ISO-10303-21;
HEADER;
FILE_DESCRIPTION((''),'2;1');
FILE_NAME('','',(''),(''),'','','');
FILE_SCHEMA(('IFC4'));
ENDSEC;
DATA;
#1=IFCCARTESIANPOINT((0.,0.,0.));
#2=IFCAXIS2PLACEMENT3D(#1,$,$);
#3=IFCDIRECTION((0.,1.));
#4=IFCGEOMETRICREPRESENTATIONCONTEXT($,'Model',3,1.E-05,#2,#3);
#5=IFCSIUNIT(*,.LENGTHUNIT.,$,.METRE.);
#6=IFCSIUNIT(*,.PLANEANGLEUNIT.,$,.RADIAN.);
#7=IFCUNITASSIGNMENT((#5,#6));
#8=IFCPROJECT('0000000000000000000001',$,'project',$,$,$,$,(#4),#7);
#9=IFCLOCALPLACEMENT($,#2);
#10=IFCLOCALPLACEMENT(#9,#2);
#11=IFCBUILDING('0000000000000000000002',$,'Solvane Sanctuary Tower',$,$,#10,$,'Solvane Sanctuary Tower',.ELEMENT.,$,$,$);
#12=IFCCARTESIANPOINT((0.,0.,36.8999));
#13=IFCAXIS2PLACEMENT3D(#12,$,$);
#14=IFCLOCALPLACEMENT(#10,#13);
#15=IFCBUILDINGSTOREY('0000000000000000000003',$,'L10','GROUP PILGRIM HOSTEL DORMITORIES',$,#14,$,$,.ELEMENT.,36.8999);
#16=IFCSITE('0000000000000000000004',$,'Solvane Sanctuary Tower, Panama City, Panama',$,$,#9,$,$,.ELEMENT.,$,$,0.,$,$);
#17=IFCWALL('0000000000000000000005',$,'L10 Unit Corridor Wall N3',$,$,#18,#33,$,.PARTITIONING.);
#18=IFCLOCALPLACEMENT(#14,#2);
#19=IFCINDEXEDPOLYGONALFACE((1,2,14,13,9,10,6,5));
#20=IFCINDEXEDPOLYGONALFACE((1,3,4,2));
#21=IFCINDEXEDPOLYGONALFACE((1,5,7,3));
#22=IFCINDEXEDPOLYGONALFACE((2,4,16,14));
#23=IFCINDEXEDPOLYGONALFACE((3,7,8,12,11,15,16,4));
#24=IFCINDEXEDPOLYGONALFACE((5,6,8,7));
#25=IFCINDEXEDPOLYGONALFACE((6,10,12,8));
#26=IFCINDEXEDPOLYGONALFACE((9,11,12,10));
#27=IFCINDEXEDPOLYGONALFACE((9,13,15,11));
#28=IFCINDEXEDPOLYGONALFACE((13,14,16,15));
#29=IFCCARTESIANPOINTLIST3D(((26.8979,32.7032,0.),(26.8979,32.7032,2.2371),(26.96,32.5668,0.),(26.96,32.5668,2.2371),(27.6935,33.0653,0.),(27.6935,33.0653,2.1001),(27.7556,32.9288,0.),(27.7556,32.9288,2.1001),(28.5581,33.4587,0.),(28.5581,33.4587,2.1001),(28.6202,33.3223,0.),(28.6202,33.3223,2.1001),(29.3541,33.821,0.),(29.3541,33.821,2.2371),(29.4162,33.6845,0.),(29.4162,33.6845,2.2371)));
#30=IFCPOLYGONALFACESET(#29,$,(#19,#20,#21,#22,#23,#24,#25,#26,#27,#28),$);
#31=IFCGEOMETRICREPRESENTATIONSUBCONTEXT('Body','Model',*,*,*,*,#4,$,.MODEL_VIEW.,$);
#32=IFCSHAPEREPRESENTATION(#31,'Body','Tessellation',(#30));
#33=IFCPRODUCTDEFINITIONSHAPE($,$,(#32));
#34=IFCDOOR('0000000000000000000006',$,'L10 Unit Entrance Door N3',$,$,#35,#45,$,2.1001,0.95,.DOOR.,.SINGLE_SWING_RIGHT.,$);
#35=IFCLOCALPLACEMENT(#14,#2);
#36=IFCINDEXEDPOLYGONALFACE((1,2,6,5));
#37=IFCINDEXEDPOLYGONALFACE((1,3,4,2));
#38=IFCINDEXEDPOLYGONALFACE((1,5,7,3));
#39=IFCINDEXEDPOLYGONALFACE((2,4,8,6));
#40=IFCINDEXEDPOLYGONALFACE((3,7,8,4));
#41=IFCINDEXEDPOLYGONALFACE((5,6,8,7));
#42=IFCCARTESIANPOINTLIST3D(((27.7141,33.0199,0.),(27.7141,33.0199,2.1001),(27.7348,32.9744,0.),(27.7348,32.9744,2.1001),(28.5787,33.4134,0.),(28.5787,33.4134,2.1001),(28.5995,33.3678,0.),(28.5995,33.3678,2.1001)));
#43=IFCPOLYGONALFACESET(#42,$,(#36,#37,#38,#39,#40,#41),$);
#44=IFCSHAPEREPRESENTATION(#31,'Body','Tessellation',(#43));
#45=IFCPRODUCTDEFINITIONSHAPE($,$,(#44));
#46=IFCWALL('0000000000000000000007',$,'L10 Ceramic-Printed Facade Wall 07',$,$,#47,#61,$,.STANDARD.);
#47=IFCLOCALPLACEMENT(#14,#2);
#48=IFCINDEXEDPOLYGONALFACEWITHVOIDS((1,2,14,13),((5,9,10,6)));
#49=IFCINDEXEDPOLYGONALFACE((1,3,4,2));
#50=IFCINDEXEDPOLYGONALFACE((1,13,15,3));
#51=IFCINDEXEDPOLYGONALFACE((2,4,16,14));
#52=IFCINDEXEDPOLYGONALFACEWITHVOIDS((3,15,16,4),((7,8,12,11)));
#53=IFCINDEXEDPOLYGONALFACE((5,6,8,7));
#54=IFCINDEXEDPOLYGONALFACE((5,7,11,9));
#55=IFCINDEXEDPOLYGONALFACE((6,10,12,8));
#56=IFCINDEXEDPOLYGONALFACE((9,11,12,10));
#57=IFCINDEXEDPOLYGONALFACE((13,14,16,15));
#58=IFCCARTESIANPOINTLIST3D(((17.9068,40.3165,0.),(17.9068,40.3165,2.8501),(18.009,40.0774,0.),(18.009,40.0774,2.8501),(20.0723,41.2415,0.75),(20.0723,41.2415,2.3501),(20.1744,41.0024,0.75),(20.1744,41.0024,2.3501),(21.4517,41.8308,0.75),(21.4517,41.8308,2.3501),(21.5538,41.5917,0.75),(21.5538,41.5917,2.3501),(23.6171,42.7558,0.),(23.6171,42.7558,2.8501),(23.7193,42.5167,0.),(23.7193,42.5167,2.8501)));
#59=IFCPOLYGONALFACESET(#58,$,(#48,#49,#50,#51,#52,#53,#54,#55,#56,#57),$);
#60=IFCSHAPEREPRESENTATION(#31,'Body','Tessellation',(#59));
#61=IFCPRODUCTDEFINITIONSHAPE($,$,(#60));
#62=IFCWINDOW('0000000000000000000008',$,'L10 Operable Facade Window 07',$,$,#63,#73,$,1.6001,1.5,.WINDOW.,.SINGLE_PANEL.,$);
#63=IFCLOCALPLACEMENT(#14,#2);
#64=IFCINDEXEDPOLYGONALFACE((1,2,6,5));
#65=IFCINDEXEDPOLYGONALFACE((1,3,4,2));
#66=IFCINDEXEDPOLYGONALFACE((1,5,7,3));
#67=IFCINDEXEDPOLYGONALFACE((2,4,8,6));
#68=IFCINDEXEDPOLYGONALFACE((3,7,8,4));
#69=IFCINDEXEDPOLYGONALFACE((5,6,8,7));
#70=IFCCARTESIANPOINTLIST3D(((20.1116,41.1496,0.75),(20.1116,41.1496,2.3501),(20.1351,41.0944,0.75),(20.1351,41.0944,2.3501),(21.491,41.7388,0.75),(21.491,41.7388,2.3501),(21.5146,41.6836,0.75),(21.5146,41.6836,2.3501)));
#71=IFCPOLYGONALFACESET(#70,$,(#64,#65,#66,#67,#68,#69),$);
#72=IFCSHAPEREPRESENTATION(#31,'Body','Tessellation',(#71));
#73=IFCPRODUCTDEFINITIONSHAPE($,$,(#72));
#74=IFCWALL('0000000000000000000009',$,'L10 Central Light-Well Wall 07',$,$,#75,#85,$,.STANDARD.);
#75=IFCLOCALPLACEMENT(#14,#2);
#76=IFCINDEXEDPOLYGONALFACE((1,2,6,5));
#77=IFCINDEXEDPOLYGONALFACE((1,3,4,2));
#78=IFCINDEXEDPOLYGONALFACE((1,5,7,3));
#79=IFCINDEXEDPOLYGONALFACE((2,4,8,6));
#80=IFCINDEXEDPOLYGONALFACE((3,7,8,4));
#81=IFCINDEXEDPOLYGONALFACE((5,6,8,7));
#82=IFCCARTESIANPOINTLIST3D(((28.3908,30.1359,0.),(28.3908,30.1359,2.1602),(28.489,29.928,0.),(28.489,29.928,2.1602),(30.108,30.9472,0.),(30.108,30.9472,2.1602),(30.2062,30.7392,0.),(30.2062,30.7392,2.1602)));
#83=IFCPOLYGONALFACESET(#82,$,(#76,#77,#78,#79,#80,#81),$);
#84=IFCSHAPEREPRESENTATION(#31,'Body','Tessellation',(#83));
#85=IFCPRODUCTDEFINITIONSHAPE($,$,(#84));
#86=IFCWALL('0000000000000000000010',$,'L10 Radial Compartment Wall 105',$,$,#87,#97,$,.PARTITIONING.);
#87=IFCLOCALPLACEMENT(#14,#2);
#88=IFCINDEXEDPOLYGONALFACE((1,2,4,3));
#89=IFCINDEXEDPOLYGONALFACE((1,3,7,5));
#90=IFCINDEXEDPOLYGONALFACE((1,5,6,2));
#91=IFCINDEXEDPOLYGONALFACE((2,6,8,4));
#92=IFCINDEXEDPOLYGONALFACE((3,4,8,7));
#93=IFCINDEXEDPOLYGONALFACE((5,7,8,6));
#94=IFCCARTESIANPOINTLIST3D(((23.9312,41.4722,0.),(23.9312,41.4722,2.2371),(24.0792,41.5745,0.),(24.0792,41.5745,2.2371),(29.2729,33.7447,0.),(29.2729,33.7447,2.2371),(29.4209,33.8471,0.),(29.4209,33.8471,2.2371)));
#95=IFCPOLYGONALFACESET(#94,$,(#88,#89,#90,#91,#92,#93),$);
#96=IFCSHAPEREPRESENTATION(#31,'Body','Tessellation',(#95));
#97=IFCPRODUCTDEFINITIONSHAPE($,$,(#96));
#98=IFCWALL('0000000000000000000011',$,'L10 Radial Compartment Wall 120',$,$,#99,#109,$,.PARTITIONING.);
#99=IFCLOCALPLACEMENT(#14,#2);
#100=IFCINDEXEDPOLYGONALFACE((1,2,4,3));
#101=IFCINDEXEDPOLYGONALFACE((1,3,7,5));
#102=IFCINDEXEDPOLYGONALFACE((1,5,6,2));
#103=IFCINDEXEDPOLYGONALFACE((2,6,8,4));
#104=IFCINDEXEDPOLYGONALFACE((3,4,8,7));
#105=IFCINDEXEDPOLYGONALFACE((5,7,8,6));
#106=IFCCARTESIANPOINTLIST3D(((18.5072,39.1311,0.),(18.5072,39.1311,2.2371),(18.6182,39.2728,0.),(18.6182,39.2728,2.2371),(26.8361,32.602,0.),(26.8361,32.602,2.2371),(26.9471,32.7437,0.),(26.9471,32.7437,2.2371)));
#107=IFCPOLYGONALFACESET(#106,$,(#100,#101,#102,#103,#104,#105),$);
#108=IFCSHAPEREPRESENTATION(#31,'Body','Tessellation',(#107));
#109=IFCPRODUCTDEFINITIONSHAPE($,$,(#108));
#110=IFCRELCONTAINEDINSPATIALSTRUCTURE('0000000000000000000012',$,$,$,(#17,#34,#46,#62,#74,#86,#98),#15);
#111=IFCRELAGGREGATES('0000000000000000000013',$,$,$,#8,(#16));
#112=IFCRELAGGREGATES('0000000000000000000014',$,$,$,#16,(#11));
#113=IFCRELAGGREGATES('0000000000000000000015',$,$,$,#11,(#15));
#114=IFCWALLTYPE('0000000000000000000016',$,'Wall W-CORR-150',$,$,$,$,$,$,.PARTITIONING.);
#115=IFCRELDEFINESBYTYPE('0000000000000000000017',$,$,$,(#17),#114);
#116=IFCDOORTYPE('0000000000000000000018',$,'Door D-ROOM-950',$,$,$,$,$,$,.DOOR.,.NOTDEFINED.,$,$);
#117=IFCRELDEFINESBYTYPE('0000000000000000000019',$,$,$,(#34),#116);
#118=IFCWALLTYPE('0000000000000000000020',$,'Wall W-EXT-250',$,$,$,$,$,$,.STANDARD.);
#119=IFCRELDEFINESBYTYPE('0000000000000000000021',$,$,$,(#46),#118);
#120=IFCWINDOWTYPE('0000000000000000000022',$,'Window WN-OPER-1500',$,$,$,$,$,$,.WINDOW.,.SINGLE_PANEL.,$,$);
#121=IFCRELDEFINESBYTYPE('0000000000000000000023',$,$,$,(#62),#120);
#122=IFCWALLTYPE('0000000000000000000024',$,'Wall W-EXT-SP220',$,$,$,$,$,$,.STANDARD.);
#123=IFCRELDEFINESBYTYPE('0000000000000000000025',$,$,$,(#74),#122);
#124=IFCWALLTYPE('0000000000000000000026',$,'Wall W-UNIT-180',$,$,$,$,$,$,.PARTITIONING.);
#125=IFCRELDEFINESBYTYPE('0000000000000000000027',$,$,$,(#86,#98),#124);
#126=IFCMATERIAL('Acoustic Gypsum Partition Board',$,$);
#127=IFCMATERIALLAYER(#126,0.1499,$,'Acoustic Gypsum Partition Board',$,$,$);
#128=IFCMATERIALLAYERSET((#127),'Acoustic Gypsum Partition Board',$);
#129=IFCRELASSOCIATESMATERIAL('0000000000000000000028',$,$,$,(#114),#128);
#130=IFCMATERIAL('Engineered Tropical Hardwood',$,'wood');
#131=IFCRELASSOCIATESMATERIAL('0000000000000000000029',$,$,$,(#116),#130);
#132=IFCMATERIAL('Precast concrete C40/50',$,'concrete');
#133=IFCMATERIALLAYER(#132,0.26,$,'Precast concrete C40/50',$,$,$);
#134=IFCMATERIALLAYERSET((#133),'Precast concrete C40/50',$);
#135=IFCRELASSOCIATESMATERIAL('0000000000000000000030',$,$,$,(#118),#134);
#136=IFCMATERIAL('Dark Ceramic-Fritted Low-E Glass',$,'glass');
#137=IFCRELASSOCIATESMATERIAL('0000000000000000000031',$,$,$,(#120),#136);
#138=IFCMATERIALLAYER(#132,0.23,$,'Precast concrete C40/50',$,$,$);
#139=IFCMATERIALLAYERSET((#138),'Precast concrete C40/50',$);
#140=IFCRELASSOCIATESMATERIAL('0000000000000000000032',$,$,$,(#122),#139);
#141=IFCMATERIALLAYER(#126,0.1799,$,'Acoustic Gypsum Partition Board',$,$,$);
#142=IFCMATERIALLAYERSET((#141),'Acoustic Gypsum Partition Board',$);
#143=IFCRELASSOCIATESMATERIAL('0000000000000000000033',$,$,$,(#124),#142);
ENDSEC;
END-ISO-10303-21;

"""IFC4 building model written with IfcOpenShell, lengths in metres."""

from ifc_helpers import new_model, si_unit, direction, frame, frame_2d, origin, place, context, subcontext, project, spatial, rectangle, extrude, material, layer, layer_set, type_object, element, fill, save


model = new_model("IFC4")

# Units and contexts
model_context = context("Model", 3, precision=1e-05, world=origin(), true_north=direction((0.0, 1.0)))
body_context = subcontext(model_context, "Body", "Model", "MODEL_VIEW")
ifc_project = project(units=[si_unit("LENGTHUNIT", "METRE"), si_unit("PLANEANGLEUNIT", "RADIAN")], contexts=[model_context])

# Site, building, storey
site_placement = place(None, origin())
site = spatial("IfcSite", under=ifc_project, at=site_placement, Name="Solvane Sanctuary Tower, Panama City, Panama", CompositionType="ELEMENT", RefElevation=0.0)
building_placement = place(site_placement, origin())
building = spatial("IfcBuilding", under=site, at=building_placement, Name="Solvane Sanctuary Tower", LongName="Solvane Sanctuary Tower", CompositionType="ELEMENT")
storey_placement = place(building_placement, frame((0.0, 0.0, 36.8999)))
storey = spatial("IfcBuildingStorey", under=building, at=storey_placement, Name="L10", Description="GROUP PILGRIM HOSTEL DORMITORIES", CompositionType="ELEMENT", Elevation=36.8999)

# Shared definitions
ifc_material_1 = material(Name="Acoustic Gypsum Partition Board")
ifc_layer_1 = layer(ifc_material_1, 0.1499, Name="Acoustic Gypsum Partition Board")
ifc_layer_set_1 = layer_set([ifc_layer_1], Name="Acoustic Gypsum Partition Board")
wall_type_1 = type_object("IfcWallType", Name="Wall W-CORR-150", PredefinedType="PARTITIONING", material=ifc_layer_set_1)

# Wall, opening, door
wall_1_placement = place(storey_placement, frame((29.385, 33.7527, 0.0), z_axis=(0.0, 0.0, 1.0), x_axis=(-0.910187, -0.414198, 0.0)))
wall_1 = element("IfcWall", 1, at=wall_1_placement, inside=storey, type_object=wall_type_1, Name="L10 Unit Corridor Wall N3", PredefinedType="PARTITIONING", context=body_context, shape_type="SweptSolid", body=[
    extrude(rectangle(XDim=2.6985, YDim=0.1499, at=frame_2d((1.3491, 0.0))), origin(), (0.0, 0.0, 1.0), 2.2371),
])
opening_1_placement = place(wall_1_placement, frame((0.8743, 0.0, 0.0)))
opening_1 = element("IfcOpeningElement", 2, at=opening_1_placement, cuts=wall_1, PredefinedType="OPENING", context=body_context, shape_type="SweptSolid", body=[
    extrude(rectangle(XDim=0.95, YDim=2.1001, at=frame_2d((0.4751, 1.05))), frame((0.0, 0.085, 0.0), z_axis=(0.0, -1.0, 0.0), x_axis=(1.0, 0.0, 0.0)), (0.0, 0.0, 1.0), 0.1699),
])
ifc_material_2 = material(Name="Engineered Tropical Hardwood", Category="wood")
door_type = type_object("IfcDoorType", Name="Door D-ROOM-950", OperationType="NOTDEFINED", PredefinedType="DOOR", material=ifc_material_2)
door_placement = place(opening_1_placement, origin())
door = element("IfcDoor", 3, at=door_placement, inside=storey, type_object=door_type, Name="L10 Unit Entrance Door N3", OperationType="SINGLE_SWING_RIGHT", OverallHeight=2.1001, OverallWidth=0.95, PredefinedType="DOOR", context=body_context, shape_type="SweptSolid", body=[
    extrude(rectangle(XDim=0.95, YDim=2.1001, at=frame_2d((0.4751, 1.05))), frame((0.0, 0.0249, 0.0), z_axis=(0.0, -1.0, 0.0), x_axis=(1.0, 0.0, 0.0)), (0.0, 0.0, 1.0), 0.05),
])
fill(opening_1, door)

# Wall, opening, window
ifc_material_3 = material(Name="Precast concrete C40/50", Category="concrete")
ifc_layer_2 = layer(ifc_material_3, 0.26, Name="Precast concrete C40/50")
ifc_layer_set_2 = layer_set([ifc_layer_2], Name="Precast concrete C40/50")
wall_type_2 = type_object("IfcWallType", Name="Wall W-EXT-250", PredefinedType="STANDARD", material=ifc_layer_set_2)
wall_2_placement = place(storey_placement, frame((23.6682, 42.6362, 0.0), z_axis=(0.0, 0.0, 1.0), x_axis=(-0.919612, -0.392828, 0.0)))
wall_2 = element("IfcWall", 4, at=wall_2_placement, inside=storey, type_object=wall_type_2, Name="L10 Ceramic-Printed Facade Wall 07", PredefinedType="STANDARD", context=body_context, shape_type="SweptSolid", body=[
    extrude(rectangle(XDim=6.2095, YDim=0.26, at=frame_2d((3.1047, 0.0))), origin(), (0.0, 0.0, 1.0), 2.8501),
])
opening_2_placement = place(wall_2_placement, frame((2.3547, 0.0, 0.75)))
opening_2 = element("IfcOpeningElement", 5, at=opening_2_placement, cuts=wall_2, PredefinedType="OPENING", context=body_context, shape_type="SweptSolid", body=[
    extrude(rectangle(XDim=1.5, YDim=1.6001, at=frame_2d((0.75, 0.8))), frame((0.0, 0.1399, 0.0), z_axis=(0.0, -1.0, 0.0), x_axis=(1.0, 0.0, 0.0)), (0.0, 0.0, 1.0), 0.28),
])
ifc_material_4 = material(Name="Dark Ceramic-Fritted Low-E Glass", Category="glass")
window_type = type_object("IfcWindowType", Name="Window WN-OPER-1500", PartitioningType="SINGLE_PANEL", PredefinedType="WINDOW", material=ifc_material_4)
window_placement = place(opening_2_placement, origin())
window = element("IfcWindow", 6, at=window_placement, inside=storey, type_object=window_type, Name="L10 Operable Facade Window 07", OverallHeight=1.6001, OverallWidth=1.5, PartitioningType="SINGLE_PANEL", PredefinedType="WINDOW", context=body_context, shape_type="SweptSolid", body=[
    extrude(rectangle(XDim=1.5, YDim=1.6001, at=frame_2d((0.75, 0.8))), frame((0.0, 0.03, 0.0), z_axis=(0.0, -1.0, 0.0), x_axis=(1.0, 0.0, 0.0)), (0.0, 0.0, 1.0), 0.0601),
])
fill(opening_2, window)

# Walls
ifc_layer_3 = layer(ifc_material_3, 0.23, Name="Precast concrete C40/50")
ifc_layer_set_3 = layer_set([ifc_layer_3], Name="Precast concrete C40/50")
wall_type_3 = type_object("IfcWallType", Name="Wall W-EXT-SP220", PredefinedType="STANDARD", material=ifc_layer_set_3)
wall_3_placement = place(storey_placement, frame((30.1572, 30.8433, 0.0), z_axis=(0.0, 0.0, 1.0), x_axis=(-0.90418, -0.427152, 0.0)))
element("IfcWall", 7, at=wall_3_placement, inside=storey, type_object=wall_type_3, Name="L10 Central Light-Well Wall 07", PredefinedType="STANDARD", context=body_context, shape_type="SweptSolid", body=[
    extrude(rectangle(XDim=1.8992, YDim=0.23, at=frame_2d((0.9497, 0.0))), origin(), (0.0, 0.0, 1.0), 2.1602),
])
ifc_layer_4 = layer(ifc_material_1, 0.1799, Name="Acoustic Gypsum Partition Board")
ifc_layer_set_4 = layer_set([ifc_layer_4], Name="Acoustic Gypsum Partition Board")
wall_type_4 = type_object("IfcWallType", Name="Wall W-UNIT-180", PredefinedType="PARTITIONING", material=ifc_layer_set_4)
wall_4_placement = place(storey_placement, frame((29.3469, 33.7959, 0.0), z_axis=(0.0, 0.0, 1.0), x_axis=(-0.568631, 0.822592, 0.0)))
element("IfcWall", 8, at=wall_4_placement, inside=storey, type_object=wall_type_4, Name="L10 Radial Compartment Wall 105", PredefinedType="PARTITIONING", context=body_context, shape_type="SweptSolid", body=[
    extrude(rectangle(XDim=9.394, YDim=0.1799, at=frame_2d((4.697, 0.0))), origin(), (0.0, 0.0, 1.0), 2.2371),
])
wall_5_placement = place(storey_placement, frame((26.8916, 32.6729, 0.0), z_axis=(0.0, 0.0, 1.0), x_axis=(-0.787009, 0.616942, 0.0)))
element("IfcWall", 9, at=wall_5_placement, inside=storey, type_object=wall_type_4, Name="L10 Radial Compartment Wall 120", PredefinedType="PARTITIONING", context=body_context, shape_type="SweptSolid", body=[
    extrude(rectangle(XDim=10.583, YDim=0.1799, at=frame_2d((5.2915, 0.0))), origin(), (0.0, 0.0, 1.0), 2.2371),
])

save(model, "model.ifc")
